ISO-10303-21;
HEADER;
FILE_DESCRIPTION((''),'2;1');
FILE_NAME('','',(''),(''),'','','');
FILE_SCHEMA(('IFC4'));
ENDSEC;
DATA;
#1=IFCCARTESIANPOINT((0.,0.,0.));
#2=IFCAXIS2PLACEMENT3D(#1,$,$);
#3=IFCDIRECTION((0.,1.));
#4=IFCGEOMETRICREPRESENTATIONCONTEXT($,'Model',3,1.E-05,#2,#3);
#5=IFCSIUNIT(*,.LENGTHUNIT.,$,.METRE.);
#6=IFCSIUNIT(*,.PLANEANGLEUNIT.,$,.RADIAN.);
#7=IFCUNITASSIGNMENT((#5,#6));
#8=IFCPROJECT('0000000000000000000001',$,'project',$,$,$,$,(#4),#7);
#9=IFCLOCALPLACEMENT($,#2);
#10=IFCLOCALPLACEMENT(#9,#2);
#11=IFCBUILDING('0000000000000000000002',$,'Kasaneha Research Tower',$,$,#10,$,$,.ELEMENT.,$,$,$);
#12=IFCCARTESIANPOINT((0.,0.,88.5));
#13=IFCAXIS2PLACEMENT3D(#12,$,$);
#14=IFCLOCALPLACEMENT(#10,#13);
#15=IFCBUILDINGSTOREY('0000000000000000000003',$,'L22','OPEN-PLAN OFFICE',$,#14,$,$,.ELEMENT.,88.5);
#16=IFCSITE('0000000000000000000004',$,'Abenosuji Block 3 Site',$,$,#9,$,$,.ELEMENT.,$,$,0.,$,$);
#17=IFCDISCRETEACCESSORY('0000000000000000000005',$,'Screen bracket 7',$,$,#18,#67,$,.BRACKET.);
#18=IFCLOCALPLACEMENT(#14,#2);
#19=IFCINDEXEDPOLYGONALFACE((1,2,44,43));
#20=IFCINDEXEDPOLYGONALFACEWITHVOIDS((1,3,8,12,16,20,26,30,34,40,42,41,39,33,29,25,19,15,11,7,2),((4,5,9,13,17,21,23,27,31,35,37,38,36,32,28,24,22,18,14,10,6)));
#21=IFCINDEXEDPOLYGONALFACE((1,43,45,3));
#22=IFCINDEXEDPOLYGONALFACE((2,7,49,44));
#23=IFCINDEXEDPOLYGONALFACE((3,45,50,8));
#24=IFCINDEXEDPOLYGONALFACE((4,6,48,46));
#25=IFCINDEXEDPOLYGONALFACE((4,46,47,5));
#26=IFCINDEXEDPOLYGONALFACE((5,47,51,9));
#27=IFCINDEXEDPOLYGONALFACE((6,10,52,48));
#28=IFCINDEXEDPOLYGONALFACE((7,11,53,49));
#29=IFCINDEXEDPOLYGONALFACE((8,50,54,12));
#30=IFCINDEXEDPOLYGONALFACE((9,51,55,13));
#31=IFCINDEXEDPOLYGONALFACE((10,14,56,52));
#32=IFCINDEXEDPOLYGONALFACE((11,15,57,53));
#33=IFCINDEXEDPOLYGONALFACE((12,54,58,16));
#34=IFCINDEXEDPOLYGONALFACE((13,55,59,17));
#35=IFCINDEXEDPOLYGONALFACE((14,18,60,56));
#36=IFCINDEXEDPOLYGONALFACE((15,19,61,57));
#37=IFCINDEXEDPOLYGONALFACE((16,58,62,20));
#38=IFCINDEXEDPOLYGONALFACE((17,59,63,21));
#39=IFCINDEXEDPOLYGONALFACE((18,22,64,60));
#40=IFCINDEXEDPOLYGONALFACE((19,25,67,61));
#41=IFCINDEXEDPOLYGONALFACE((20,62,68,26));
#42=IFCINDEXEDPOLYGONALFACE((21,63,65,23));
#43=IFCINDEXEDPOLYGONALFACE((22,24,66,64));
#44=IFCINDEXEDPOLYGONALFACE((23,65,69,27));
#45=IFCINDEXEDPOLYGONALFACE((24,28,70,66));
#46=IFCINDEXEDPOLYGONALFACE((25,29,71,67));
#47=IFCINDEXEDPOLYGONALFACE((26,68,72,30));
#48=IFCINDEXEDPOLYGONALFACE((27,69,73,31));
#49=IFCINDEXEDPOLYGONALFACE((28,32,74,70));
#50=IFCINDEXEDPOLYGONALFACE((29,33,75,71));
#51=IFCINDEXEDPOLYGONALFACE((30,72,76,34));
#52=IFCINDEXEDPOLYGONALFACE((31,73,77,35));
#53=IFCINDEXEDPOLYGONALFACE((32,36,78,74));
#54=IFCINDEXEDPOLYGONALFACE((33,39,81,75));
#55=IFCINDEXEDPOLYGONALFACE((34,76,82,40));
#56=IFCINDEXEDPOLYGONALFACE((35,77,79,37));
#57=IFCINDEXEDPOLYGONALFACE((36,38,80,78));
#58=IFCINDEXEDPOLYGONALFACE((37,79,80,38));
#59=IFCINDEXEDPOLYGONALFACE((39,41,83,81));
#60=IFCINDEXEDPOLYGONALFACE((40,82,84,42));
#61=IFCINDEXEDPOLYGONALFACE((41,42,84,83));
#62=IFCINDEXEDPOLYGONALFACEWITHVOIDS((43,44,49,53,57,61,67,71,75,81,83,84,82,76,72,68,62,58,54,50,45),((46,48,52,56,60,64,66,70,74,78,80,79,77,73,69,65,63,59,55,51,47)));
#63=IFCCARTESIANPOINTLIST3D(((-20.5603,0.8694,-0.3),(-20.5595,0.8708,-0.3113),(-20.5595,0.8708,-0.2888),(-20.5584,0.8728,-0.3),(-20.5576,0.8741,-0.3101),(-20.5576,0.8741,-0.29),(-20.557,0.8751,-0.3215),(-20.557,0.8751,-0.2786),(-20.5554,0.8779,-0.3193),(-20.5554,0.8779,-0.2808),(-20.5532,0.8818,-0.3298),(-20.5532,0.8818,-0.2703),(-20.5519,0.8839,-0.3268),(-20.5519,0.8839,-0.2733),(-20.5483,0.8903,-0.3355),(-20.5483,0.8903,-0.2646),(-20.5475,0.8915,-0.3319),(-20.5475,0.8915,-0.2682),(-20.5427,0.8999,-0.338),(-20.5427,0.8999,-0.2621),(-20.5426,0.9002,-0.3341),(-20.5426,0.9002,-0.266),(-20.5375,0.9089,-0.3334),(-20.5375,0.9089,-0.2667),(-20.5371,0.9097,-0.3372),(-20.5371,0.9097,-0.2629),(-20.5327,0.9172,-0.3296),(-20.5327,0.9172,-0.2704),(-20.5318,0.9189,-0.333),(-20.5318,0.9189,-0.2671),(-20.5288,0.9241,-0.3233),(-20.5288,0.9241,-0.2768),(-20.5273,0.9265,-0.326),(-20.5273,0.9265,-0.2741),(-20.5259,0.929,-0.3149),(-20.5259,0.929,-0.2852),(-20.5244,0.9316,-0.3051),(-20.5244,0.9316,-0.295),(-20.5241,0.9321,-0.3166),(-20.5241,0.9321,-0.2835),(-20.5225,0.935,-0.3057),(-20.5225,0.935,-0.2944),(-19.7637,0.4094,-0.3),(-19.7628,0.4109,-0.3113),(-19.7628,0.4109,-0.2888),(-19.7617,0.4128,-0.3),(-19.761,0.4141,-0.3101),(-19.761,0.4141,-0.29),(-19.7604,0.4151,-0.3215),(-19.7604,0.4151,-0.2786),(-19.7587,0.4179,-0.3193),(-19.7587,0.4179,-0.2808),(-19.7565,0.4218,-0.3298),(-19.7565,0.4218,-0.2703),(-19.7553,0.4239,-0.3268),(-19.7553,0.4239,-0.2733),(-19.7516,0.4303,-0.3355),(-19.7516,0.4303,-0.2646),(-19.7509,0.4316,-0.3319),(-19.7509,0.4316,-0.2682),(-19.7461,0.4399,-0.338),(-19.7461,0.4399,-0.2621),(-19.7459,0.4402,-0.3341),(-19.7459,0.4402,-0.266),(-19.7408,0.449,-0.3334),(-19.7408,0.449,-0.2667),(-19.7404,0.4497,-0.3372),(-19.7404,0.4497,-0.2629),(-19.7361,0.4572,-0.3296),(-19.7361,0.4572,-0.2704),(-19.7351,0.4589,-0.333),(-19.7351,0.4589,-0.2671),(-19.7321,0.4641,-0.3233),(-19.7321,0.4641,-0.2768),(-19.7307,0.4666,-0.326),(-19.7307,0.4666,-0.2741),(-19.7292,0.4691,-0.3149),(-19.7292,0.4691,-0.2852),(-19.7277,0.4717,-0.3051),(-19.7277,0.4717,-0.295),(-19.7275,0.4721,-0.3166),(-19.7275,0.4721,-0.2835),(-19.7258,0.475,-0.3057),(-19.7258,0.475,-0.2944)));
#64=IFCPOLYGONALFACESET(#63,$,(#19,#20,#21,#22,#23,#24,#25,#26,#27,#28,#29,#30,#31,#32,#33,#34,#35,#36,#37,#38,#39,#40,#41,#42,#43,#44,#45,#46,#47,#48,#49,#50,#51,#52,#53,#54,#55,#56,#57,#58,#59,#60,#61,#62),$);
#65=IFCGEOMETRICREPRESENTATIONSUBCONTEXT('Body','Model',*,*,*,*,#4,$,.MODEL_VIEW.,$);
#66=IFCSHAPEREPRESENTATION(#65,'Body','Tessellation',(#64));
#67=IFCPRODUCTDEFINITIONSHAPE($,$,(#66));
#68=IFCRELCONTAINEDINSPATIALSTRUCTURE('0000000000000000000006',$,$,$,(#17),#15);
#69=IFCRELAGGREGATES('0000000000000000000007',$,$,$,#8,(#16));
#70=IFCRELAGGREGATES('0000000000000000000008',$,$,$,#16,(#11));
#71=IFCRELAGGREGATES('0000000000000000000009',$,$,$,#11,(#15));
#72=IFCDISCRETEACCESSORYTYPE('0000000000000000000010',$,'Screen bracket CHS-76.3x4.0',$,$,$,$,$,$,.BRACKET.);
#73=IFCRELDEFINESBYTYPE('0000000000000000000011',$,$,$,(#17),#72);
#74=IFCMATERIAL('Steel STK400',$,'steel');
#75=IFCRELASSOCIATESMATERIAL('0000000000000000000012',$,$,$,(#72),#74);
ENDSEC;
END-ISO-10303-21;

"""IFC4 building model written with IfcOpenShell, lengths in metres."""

from ifc_helpers import new_model, si_unit, direction, frame, origin, origin_2d, place, context, subcontext, project, spatial, hollow_circle, extrude, material, material_profile, profile_set, type_object, element, save


model = new_model("IFC4")

# Units and contexts
model_context = context("Model", 3, precision=1e-05, world=origin(), true_north=direction((0.0, 1.0)))
body_context = subcontext(model_context, "Body", "Model", "MODEL_VIEW")
ifc_project = project(units=[si_unit("LENGTHUNIT", "METRE"), si_unit("PLANEANGLEUNIT", "RADIAN")], contexts=[model_context])

# Site, building, storey
site_placement = place(None, origin())
site = spatial("IfcSite", under=ifc_project, at=site_placement, Name="Abenosuji Block 3 Site", CompositionType="ELEMENT", RefElevation=0.0)
building_placement = place(site_placement, origin())
building = spatial("IfcBuilding", under=site, at=building_placement, Name="Kasaneha Research Tower", CompositionType="ELEMENT")
storey_placement = place(building_placement, frame((0.0, 0.0, 88.5)))
storey = spatial("IfcBuildingStorey", under=building, at=storey_placement, Name="L22", Description="OPEN-PLAN OFFICE", CompositionType="ELEMENT", Elevation=88.5)

# Discrete accessory
ifc_material_1 = material(Name="Steel STK400", Category="steel")
ifc_material_profile_1 = material_profile(ifc_material_1, hollow_circle(Radius=0.0381, WallThickness=0.0039, at=origin_2d()), Name="CHS-76.3x4.0")
ifc_profile_set_1 = profile_set([ifc_material_profile_1], Name="Steel STK400")
discrete_accessory_type = type_object("IfcDiscreteAccessoryType", Name="Screen bracket CHS-76.3x4.0", PredefinedType="BRACKET", material=ifc_profile_set_1)
for number, where, z_axis, x_axis, name in (
    (1, (-19.7446, 0.4424, -0.3), (-0.866013, 0.500021, 0.0), (-0.500021, -0.866013, 0.0), "Screen bracket 7"),
):
    element("IfcDiscreteAccessory", number, at=place(storey_placement, frame(where, z_axis=z_axis, x_axis=x_axis)), inside=storey, type_object=discrete_accessory_type, Name=name, PredefinedType="BRACKET", context=body_context, shape_type="SweptSolid", body=[
        extrude(hollow_circle(Radius=0.0381, WallThickness=0.0039, at=origin_2d()), origin(), (0.0, 0.0, 1.0), 0.9199),
    ])

save(model, "model.ifc")
